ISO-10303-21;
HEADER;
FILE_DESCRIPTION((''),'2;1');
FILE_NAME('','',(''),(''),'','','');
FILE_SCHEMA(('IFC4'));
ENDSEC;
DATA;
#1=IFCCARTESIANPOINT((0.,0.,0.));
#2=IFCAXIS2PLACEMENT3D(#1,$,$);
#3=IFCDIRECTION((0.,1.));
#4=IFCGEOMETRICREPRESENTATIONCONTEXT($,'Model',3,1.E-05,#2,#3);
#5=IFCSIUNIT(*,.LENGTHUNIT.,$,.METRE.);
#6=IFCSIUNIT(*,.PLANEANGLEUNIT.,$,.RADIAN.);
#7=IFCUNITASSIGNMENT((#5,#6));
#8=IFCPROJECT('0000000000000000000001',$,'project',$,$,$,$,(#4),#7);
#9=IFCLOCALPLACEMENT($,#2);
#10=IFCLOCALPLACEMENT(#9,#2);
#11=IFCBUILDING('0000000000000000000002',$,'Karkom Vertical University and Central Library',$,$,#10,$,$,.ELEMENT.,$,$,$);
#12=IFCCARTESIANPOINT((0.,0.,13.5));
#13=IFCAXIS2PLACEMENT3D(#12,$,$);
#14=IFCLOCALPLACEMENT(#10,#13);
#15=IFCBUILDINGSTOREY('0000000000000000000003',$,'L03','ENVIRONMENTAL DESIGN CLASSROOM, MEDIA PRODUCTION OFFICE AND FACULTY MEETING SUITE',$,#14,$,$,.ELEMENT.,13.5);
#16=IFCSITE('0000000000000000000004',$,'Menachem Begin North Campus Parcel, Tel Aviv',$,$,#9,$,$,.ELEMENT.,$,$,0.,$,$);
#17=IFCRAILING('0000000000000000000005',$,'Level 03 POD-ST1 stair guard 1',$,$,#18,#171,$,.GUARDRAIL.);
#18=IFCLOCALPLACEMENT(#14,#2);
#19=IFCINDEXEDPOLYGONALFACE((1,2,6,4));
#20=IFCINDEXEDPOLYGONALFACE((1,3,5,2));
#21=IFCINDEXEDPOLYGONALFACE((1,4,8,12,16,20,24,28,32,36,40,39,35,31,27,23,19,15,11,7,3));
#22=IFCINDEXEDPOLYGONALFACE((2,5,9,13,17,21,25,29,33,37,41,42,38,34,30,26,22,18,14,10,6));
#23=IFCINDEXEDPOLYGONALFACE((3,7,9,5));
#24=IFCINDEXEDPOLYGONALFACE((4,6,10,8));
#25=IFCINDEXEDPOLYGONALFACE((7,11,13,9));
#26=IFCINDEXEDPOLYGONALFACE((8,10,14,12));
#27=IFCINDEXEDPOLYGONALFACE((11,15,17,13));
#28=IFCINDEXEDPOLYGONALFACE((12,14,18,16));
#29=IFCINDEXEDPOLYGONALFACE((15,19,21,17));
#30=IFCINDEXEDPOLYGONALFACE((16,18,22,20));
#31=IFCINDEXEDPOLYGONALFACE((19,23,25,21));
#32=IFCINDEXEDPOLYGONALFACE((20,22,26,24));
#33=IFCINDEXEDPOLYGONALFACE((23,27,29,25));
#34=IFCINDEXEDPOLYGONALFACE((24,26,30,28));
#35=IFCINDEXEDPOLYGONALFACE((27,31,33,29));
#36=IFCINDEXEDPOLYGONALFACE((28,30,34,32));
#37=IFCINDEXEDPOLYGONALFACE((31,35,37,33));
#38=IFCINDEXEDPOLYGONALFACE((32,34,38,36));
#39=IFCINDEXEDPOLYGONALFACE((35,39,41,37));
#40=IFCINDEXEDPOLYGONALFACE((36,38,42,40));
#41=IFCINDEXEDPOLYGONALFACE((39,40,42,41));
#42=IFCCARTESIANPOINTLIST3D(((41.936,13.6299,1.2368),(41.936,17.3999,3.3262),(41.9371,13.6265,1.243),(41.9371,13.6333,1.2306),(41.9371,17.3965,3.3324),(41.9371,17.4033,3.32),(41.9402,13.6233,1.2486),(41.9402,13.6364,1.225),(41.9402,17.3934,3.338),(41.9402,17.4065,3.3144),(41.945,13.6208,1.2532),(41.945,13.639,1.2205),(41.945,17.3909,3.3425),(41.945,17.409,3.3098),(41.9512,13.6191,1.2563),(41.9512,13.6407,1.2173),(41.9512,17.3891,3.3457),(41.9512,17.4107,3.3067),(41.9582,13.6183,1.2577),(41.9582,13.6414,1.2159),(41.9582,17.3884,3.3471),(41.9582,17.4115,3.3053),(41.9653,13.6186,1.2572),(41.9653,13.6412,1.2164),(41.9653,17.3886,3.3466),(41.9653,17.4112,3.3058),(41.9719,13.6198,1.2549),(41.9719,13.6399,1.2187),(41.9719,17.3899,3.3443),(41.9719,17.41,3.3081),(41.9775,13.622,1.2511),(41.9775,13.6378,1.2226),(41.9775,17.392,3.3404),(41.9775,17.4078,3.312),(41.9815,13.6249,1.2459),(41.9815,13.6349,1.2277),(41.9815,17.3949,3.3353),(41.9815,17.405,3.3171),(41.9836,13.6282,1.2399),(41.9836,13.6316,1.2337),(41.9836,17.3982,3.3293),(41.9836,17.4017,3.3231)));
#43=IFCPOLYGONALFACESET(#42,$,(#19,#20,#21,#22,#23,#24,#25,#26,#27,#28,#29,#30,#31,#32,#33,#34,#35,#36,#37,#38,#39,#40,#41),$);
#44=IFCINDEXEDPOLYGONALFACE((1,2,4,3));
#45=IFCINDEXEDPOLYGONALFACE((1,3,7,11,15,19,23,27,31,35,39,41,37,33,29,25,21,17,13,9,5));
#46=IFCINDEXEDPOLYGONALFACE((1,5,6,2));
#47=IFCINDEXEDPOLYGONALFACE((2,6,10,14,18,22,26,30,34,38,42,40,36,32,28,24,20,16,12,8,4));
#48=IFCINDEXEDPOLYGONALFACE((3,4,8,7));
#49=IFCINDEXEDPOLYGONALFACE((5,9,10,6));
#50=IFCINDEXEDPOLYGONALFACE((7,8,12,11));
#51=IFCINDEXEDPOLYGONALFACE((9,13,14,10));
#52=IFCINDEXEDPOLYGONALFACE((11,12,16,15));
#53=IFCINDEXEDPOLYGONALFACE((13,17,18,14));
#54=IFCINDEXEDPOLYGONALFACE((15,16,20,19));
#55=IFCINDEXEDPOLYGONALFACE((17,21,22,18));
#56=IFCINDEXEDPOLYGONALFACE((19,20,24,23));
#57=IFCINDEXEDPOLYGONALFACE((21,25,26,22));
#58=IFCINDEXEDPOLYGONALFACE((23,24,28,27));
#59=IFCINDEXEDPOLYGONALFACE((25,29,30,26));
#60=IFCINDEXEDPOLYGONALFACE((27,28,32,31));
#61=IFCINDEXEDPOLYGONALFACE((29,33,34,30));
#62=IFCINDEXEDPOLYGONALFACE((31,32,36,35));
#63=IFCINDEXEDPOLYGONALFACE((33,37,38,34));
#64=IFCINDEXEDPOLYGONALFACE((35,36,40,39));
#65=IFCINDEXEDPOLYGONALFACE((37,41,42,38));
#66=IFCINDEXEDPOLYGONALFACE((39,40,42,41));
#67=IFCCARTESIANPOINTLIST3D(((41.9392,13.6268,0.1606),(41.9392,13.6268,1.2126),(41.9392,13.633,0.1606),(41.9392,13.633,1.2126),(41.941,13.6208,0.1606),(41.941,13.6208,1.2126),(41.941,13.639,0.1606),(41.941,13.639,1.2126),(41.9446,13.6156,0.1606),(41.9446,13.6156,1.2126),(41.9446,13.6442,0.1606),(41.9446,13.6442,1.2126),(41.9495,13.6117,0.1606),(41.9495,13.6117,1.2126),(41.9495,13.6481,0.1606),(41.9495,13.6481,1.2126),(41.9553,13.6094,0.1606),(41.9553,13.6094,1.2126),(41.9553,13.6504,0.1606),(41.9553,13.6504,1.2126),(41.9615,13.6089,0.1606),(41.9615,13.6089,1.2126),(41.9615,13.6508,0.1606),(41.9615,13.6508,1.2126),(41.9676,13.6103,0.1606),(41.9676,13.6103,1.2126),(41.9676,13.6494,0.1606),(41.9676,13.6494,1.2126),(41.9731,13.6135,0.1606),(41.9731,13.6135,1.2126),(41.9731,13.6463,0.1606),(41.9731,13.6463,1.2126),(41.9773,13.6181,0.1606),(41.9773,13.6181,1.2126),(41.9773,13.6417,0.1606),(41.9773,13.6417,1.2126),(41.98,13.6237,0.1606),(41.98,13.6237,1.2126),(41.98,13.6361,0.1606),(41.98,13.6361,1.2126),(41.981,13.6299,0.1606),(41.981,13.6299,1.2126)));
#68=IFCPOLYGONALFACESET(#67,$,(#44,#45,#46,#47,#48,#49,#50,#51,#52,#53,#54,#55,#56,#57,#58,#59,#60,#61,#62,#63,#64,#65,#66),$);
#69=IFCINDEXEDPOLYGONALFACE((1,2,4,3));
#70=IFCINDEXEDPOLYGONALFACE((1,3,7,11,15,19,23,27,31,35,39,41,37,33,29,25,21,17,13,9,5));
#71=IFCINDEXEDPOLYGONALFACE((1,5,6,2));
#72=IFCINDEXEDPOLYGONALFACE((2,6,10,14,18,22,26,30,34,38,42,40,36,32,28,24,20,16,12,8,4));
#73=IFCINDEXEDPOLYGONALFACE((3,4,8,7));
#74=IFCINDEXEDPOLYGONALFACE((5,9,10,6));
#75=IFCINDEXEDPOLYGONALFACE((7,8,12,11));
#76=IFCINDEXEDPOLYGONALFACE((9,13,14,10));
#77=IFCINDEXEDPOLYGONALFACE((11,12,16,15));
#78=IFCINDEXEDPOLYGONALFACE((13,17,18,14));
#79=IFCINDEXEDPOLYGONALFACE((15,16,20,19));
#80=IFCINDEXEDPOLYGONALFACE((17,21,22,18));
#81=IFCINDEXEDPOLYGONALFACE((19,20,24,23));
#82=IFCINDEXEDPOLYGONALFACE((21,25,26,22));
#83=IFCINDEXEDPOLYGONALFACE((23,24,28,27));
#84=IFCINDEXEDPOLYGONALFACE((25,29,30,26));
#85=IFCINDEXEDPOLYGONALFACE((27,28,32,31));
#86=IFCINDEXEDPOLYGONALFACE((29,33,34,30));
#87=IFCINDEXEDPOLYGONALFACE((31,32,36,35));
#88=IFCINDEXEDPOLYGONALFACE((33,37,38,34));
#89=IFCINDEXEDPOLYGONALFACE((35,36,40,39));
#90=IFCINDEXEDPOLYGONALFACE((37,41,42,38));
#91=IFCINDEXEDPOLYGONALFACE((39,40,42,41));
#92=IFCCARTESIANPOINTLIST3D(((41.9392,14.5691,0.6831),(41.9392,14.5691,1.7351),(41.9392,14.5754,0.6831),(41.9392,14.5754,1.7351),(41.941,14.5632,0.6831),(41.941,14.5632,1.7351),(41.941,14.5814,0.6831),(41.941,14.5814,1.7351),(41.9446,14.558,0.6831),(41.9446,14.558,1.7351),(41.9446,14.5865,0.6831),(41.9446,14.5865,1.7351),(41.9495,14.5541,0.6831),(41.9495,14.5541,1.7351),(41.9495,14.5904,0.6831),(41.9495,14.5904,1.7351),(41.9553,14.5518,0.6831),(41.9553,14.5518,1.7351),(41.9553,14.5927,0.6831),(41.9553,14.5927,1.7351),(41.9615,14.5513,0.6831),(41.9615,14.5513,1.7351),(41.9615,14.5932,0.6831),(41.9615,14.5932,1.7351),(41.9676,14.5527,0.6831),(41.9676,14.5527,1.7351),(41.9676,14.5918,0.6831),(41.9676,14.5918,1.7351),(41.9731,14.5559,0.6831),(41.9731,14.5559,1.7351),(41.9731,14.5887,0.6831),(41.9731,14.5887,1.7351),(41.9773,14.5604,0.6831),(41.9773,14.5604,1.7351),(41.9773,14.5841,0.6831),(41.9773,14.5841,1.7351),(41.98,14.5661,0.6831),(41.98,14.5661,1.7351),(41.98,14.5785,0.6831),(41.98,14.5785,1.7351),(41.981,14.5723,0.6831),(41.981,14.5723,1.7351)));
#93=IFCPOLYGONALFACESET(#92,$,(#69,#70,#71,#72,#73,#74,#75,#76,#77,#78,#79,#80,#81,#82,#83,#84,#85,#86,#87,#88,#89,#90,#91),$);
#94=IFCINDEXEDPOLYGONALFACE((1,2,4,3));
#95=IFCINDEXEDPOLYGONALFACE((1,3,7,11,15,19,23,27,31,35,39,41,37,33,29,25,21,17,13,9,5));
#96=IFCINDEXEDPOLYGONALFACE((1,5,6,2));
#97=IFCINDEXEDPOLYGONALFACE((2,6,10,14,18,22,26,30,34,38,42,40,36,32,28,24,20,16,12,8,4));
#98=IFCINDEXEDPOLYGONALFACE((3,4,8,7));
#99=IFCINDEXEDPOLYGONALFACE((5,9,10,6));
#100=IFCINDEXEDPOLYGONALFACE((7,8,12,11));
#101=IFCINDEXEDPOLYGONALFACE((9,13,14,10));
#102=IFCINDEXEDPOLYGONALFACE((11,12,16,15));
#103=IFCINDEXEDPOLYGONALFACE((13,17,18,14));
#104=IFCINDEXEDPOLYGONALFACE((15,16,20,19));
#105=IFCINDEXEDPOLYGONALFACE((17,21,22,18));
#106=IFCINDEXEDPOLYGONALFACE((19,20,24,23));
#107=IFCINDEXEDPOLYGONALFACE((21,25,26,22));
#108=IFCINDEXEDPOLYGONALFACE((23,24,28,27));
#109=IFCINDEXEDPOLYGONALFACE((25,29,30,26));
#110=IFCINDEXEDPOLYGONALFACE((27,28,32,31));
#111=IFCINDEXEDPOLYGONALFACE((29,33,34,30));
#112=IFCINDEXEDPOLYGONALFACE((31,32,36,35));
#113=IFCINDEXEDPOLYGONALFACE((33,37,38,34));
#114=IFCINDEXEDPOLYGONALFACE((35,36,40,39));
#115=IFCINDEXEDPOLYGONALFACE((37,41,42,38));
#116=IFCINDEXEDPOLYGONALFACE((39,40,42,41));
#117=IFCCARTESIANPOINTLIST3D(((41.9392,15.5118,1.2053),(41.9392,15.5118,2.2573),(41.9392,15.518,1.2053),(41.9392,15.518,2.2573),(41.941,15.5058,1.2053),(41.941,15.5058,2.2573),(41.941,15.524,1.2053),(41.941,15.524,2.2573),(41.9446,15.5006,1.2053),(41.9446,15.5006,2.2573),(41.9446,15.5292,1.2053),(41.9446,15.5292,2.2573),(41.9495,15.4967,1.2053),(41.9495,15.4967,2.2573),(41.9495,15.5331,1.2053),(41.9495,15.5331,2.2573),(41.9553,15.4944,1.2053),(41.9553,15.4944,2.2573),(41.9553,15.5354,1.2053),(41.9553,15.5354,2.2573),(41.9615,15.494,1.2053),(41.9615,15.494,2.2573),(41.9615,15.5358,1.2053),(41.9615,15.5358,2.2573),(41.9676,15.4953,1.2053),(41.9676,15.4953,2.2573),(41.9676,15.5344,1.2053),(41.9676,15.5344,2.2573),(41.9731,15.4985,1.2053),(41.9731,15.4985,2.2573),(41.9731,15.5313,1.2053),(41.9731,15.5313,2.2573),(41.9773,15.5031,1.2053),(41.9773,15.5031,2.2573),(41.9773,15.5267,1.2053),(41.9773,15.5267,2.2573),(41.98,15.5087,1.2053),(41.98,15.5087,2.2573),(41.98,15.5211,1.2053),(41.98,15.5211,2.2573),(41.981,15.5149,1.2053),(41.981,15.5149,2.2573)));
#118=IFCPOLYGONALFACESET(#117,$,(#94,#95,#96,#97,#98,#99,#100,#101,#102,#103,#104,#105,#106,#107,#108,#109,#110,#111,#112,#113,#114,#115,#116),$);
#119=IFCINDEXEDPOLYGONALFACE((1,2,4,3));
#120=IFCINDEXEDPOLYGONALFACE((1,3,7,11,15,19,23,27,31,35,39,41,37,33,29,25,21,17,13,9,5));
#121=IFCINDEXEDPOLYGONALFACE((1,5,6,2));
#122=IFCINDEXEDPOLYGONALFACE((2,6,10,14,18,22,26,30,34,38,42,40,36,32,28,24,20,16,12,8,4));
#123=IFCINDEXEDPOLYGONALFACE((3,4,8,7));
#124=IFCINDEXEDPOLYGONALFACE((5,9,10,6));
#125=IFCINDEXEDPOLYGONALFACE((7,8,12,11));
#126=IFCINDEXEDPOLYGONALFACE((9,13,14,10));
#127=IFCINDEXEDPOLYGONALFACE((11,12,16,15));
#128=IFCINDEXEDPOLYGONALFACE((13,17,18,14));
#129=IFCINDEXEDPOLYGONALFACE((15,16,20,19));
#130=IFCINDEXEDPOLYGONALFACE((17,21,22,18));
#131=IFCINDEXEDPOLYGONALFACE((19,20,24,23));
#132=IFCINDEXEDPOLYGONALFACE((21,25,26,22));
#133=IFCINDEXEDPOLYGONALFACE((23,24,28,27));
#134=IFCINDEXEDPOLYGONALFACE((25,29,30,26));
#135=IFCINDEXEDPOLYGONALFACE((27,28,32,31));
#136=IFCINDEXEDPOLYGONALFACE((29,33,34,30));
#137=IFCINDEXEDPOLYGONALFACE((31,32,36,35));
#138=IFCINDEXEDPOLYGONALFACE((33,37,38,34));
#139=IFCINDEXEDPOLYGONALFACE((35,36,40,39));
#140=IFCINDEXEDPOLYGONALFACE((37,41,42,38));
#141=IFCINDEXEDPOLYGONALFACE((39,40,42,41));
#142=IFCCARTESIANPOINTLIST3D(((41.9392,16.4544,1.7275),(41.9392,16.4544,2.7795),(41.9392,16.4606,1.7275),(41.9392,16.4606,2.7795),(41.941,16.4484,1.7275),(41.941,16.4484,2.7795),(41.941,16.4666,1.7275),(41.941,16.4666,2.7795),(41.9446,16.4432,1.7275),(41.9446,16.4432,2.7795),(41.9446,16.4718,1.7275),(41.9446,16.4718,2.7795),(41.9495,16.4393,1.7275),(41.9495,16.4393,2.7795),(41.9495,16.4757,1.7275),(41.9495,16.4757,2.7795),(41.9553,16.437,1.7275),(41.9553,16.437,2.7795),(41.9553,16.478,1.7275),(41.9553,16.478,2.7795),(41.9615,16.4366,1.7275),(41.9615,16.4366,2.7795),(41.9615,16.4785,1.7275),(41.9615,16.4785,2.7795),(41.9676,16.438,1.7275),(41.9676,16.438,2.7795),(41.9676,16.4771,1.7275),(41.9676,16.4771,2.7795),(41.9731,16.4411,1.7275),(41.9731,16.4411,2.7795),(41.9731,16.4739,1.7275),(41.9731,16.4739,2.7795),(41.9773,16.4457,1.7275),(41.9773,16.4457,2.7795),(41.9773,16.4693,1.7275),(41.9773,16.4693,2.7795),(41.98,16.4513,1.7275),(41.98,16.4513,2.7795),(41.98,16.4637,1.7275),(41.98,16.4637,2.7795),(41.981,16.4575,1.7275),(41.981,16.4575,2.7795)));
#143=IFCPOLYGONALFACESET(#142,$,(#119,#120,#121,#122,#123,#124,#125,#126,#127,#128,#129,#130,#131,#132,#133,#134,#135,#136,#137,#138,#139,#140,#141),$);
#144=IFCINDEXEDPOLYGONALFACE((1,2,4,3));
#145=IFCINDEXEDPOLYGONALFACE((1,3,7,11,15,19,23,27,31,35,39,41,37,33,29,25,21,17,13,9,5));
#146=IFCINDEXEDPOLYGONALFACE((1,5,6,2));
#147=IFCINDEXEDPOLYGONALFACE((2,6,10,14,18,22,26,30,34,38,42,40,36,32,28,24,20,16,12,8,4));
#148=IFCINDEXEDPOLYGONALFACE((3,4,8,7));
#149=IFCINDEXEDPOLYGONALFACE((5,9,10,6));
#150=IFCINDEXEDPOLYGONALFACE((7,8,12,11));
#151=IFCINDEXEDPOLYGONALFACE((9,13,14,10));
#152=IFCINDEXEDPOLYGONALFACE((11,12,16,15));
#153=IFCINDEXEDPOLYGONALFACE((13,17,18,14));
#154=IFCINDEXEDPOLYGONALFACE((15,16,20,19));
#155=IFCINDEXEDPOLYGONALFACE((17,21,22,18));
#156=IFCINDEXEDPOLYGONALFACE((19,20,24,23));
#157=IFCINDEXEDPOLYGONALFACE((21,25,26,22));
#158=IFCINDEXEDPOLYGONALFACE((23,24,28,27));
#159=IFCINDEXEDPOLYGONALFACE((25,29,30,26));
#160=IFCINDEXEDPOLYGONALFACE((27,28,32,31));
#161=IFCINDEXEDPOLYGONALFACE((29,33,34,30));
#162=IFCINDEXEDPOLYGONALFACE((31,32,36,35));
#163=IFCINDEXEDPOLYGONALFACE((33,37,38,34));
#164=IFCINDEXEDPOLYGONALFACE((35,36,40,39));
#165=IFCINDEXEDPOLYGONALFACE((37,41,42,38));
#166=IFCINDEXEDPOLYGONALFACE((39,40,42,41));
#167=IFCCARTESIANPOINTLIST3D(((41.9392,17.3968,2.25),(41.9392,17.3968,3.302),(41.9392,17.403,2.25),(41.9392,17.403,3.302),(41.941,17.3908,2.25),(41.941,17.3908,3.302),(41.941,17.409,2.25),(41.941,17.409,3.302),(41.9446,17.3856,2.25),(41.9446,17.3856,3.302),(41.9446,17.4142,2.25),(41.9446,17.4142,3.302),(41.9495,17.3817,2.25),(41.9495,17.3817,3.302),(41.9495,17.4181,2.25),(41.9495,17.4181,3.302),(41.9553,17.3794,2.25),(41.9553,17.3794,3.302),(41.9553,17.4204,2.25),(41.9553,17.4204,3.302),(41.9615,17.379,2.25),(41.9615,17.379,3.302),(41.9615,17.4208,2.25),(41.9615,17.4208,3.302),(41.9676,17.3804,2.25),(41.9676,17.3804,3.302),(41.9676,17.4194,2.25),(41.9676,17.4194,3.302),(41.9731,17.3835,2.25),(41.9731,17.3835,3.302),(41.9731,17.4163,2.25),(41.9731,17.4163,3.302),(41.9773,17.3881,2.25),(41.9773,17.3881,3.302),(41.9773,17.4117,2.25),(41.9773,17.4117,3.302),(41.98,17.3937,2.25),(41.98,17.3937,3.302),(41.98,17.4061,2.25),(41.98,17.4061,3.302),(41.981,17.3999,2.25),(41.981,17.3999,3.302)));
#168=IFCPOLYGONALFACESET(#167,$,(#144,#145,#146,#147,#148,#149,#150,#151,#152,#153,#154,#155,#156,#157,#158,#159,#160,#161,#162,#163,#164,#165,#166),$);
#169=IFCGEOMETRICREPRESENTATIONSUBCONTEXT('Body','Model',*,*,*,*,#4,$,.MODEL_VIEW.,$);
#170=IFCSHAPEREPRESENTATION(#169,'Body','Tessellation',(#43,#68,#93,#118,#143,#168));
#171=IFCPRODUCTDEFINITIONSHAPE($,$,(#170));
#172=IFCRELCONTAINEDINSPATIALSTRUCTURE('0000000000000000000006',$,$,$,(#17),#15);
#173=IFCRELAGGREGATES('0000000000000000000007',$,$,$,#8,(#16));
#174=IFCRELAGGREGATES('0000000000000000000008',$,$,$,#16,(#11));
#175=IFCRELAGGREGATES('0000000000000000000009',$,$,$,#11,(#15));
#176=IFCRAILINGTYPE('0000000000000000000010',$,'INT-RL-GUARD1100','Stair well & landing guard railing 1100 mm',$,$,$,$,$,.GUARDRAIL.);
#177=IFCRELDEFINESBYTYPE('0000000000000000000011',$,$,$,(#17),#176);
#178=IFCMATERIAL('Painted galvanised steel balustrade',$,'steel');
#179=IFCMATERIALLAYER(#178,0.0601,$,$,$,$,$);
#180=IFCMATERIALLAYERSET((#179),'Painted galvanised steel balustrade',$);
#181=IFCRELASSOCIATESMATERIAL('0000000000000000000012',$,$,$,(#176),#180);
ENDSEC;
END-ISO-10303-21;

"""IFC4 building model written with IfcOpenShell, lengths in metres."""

from ifc_helpers import new_model, si_unit, direction, frame, origin, origin_2d, place, context, subcontext, project, spatial, circle, extrude, material, layer, layer_set, type_object, element, save


model = new_model("IFC4")

# Units and contexts
model_context = context("Model", 3, precision=1e-05, world=origin(), true_north=direction((0.0, 1.0)))
body_context = subcontext(model_context, "Body", "Model", "MODEL_VIEW")
ifc_project = project(units=[si_unit("LENGTHUNIT", "METRE"), si_unit("PLANEANGLEUNIT", "RADIAN")], contexts=[model_context])

# Site, building, storey
site_placement = place(None, origin())
site = spatial("IfcSite", under=ifc_project, at=site_placement, Name="Menachem Begin North Campus Parcel, Tel Aviv", CompositionType="ELEMENT", RefElevation=0.0)
building_placement = place(site_placement, origin())
building = spatial("IfcBuilding", under=site, at=building_placement, Name="Karkom Vertical University and Central Library", CompositionType="ELEMENT")
storey_placement = place(building_placement, frame((0.0, 0.0, 13.5)))
storey = spatial("IfcBuildingStorey", under=building, at=storey_placement, Name="L03", Description="ENVIRONMENTAL DESIGN CLASSROOM, MEDIA PRODUCTION OFFICE AND FACULTY MEETING SUITE", CompositionType="ELEMENT", Elevation=13.5)

# Railing
ifc_material_1 = material(Name="Painted galvanised steel balustrade", Category="steel")
ifc_layer_1 = layer(ifc_material_1, 0.0601)
ifc_layer_set_1 = layer_set([ifc_layer_1], Name="Painted galvanised steel balustrade")
railing_type_1 = type_object("IfcRailingType", Name="INT-RL-GUARD1100", Description="Stair well & landing guard railing 1100 mm", PredefinedType="GUARDRAIL", material=ifc_layer_set_1)
railing_1_placement = place(storey_placement, frame((41.96, 13.6299, 0.1606)))
element("IfcRailing", 1, at=railing_1_placement, inside=storey, type_object=railing_type_1, Name="Level 03 POD-ST1 stair guard 1", PredefinedType="GUARDRAIL", context=body_context, shape_type="SweptSolid", body=[
    extrude(circle(Radius=0.0239, at=origin_2d()), frame((0.0, 0.0, 1.0762), z_axis=(0.0, 0.874659, 0.484739), x_axis=(-1.0, 0.0, 0.0)), (0.0, 0.0, 1.0), 4.3103),
    extrude(circle(Radius=0.021, at=origin_2d()), origin(), (0.0, 0.0, 1.0), 1.052),
    extrude(circle(Radius=0.021, at=origin_2d()), frame((0.0, 0.9424, 0.5225)), (0.0, 0.0, 1.0), 1.052),
    extrude(circle(Radius=0.021, at=origin_2d()), frame((0.0, 1.885, 1.0447)), (0.0, 0.0, 1.0), 1.052),
    extrude(circle(Radius=0.021, at=origin_2d()), frame((0.0, 2.8276, 1.5669)), (0.0, 0.0, 1.0), 1.052),
    extrude(circle(Radius=0.021, at=origin_2d()), frame((0.0, 3.77, 2.0894)), (0.0, 0.0, 1.0), 1.052),
])

save(model, "model.ifc")
